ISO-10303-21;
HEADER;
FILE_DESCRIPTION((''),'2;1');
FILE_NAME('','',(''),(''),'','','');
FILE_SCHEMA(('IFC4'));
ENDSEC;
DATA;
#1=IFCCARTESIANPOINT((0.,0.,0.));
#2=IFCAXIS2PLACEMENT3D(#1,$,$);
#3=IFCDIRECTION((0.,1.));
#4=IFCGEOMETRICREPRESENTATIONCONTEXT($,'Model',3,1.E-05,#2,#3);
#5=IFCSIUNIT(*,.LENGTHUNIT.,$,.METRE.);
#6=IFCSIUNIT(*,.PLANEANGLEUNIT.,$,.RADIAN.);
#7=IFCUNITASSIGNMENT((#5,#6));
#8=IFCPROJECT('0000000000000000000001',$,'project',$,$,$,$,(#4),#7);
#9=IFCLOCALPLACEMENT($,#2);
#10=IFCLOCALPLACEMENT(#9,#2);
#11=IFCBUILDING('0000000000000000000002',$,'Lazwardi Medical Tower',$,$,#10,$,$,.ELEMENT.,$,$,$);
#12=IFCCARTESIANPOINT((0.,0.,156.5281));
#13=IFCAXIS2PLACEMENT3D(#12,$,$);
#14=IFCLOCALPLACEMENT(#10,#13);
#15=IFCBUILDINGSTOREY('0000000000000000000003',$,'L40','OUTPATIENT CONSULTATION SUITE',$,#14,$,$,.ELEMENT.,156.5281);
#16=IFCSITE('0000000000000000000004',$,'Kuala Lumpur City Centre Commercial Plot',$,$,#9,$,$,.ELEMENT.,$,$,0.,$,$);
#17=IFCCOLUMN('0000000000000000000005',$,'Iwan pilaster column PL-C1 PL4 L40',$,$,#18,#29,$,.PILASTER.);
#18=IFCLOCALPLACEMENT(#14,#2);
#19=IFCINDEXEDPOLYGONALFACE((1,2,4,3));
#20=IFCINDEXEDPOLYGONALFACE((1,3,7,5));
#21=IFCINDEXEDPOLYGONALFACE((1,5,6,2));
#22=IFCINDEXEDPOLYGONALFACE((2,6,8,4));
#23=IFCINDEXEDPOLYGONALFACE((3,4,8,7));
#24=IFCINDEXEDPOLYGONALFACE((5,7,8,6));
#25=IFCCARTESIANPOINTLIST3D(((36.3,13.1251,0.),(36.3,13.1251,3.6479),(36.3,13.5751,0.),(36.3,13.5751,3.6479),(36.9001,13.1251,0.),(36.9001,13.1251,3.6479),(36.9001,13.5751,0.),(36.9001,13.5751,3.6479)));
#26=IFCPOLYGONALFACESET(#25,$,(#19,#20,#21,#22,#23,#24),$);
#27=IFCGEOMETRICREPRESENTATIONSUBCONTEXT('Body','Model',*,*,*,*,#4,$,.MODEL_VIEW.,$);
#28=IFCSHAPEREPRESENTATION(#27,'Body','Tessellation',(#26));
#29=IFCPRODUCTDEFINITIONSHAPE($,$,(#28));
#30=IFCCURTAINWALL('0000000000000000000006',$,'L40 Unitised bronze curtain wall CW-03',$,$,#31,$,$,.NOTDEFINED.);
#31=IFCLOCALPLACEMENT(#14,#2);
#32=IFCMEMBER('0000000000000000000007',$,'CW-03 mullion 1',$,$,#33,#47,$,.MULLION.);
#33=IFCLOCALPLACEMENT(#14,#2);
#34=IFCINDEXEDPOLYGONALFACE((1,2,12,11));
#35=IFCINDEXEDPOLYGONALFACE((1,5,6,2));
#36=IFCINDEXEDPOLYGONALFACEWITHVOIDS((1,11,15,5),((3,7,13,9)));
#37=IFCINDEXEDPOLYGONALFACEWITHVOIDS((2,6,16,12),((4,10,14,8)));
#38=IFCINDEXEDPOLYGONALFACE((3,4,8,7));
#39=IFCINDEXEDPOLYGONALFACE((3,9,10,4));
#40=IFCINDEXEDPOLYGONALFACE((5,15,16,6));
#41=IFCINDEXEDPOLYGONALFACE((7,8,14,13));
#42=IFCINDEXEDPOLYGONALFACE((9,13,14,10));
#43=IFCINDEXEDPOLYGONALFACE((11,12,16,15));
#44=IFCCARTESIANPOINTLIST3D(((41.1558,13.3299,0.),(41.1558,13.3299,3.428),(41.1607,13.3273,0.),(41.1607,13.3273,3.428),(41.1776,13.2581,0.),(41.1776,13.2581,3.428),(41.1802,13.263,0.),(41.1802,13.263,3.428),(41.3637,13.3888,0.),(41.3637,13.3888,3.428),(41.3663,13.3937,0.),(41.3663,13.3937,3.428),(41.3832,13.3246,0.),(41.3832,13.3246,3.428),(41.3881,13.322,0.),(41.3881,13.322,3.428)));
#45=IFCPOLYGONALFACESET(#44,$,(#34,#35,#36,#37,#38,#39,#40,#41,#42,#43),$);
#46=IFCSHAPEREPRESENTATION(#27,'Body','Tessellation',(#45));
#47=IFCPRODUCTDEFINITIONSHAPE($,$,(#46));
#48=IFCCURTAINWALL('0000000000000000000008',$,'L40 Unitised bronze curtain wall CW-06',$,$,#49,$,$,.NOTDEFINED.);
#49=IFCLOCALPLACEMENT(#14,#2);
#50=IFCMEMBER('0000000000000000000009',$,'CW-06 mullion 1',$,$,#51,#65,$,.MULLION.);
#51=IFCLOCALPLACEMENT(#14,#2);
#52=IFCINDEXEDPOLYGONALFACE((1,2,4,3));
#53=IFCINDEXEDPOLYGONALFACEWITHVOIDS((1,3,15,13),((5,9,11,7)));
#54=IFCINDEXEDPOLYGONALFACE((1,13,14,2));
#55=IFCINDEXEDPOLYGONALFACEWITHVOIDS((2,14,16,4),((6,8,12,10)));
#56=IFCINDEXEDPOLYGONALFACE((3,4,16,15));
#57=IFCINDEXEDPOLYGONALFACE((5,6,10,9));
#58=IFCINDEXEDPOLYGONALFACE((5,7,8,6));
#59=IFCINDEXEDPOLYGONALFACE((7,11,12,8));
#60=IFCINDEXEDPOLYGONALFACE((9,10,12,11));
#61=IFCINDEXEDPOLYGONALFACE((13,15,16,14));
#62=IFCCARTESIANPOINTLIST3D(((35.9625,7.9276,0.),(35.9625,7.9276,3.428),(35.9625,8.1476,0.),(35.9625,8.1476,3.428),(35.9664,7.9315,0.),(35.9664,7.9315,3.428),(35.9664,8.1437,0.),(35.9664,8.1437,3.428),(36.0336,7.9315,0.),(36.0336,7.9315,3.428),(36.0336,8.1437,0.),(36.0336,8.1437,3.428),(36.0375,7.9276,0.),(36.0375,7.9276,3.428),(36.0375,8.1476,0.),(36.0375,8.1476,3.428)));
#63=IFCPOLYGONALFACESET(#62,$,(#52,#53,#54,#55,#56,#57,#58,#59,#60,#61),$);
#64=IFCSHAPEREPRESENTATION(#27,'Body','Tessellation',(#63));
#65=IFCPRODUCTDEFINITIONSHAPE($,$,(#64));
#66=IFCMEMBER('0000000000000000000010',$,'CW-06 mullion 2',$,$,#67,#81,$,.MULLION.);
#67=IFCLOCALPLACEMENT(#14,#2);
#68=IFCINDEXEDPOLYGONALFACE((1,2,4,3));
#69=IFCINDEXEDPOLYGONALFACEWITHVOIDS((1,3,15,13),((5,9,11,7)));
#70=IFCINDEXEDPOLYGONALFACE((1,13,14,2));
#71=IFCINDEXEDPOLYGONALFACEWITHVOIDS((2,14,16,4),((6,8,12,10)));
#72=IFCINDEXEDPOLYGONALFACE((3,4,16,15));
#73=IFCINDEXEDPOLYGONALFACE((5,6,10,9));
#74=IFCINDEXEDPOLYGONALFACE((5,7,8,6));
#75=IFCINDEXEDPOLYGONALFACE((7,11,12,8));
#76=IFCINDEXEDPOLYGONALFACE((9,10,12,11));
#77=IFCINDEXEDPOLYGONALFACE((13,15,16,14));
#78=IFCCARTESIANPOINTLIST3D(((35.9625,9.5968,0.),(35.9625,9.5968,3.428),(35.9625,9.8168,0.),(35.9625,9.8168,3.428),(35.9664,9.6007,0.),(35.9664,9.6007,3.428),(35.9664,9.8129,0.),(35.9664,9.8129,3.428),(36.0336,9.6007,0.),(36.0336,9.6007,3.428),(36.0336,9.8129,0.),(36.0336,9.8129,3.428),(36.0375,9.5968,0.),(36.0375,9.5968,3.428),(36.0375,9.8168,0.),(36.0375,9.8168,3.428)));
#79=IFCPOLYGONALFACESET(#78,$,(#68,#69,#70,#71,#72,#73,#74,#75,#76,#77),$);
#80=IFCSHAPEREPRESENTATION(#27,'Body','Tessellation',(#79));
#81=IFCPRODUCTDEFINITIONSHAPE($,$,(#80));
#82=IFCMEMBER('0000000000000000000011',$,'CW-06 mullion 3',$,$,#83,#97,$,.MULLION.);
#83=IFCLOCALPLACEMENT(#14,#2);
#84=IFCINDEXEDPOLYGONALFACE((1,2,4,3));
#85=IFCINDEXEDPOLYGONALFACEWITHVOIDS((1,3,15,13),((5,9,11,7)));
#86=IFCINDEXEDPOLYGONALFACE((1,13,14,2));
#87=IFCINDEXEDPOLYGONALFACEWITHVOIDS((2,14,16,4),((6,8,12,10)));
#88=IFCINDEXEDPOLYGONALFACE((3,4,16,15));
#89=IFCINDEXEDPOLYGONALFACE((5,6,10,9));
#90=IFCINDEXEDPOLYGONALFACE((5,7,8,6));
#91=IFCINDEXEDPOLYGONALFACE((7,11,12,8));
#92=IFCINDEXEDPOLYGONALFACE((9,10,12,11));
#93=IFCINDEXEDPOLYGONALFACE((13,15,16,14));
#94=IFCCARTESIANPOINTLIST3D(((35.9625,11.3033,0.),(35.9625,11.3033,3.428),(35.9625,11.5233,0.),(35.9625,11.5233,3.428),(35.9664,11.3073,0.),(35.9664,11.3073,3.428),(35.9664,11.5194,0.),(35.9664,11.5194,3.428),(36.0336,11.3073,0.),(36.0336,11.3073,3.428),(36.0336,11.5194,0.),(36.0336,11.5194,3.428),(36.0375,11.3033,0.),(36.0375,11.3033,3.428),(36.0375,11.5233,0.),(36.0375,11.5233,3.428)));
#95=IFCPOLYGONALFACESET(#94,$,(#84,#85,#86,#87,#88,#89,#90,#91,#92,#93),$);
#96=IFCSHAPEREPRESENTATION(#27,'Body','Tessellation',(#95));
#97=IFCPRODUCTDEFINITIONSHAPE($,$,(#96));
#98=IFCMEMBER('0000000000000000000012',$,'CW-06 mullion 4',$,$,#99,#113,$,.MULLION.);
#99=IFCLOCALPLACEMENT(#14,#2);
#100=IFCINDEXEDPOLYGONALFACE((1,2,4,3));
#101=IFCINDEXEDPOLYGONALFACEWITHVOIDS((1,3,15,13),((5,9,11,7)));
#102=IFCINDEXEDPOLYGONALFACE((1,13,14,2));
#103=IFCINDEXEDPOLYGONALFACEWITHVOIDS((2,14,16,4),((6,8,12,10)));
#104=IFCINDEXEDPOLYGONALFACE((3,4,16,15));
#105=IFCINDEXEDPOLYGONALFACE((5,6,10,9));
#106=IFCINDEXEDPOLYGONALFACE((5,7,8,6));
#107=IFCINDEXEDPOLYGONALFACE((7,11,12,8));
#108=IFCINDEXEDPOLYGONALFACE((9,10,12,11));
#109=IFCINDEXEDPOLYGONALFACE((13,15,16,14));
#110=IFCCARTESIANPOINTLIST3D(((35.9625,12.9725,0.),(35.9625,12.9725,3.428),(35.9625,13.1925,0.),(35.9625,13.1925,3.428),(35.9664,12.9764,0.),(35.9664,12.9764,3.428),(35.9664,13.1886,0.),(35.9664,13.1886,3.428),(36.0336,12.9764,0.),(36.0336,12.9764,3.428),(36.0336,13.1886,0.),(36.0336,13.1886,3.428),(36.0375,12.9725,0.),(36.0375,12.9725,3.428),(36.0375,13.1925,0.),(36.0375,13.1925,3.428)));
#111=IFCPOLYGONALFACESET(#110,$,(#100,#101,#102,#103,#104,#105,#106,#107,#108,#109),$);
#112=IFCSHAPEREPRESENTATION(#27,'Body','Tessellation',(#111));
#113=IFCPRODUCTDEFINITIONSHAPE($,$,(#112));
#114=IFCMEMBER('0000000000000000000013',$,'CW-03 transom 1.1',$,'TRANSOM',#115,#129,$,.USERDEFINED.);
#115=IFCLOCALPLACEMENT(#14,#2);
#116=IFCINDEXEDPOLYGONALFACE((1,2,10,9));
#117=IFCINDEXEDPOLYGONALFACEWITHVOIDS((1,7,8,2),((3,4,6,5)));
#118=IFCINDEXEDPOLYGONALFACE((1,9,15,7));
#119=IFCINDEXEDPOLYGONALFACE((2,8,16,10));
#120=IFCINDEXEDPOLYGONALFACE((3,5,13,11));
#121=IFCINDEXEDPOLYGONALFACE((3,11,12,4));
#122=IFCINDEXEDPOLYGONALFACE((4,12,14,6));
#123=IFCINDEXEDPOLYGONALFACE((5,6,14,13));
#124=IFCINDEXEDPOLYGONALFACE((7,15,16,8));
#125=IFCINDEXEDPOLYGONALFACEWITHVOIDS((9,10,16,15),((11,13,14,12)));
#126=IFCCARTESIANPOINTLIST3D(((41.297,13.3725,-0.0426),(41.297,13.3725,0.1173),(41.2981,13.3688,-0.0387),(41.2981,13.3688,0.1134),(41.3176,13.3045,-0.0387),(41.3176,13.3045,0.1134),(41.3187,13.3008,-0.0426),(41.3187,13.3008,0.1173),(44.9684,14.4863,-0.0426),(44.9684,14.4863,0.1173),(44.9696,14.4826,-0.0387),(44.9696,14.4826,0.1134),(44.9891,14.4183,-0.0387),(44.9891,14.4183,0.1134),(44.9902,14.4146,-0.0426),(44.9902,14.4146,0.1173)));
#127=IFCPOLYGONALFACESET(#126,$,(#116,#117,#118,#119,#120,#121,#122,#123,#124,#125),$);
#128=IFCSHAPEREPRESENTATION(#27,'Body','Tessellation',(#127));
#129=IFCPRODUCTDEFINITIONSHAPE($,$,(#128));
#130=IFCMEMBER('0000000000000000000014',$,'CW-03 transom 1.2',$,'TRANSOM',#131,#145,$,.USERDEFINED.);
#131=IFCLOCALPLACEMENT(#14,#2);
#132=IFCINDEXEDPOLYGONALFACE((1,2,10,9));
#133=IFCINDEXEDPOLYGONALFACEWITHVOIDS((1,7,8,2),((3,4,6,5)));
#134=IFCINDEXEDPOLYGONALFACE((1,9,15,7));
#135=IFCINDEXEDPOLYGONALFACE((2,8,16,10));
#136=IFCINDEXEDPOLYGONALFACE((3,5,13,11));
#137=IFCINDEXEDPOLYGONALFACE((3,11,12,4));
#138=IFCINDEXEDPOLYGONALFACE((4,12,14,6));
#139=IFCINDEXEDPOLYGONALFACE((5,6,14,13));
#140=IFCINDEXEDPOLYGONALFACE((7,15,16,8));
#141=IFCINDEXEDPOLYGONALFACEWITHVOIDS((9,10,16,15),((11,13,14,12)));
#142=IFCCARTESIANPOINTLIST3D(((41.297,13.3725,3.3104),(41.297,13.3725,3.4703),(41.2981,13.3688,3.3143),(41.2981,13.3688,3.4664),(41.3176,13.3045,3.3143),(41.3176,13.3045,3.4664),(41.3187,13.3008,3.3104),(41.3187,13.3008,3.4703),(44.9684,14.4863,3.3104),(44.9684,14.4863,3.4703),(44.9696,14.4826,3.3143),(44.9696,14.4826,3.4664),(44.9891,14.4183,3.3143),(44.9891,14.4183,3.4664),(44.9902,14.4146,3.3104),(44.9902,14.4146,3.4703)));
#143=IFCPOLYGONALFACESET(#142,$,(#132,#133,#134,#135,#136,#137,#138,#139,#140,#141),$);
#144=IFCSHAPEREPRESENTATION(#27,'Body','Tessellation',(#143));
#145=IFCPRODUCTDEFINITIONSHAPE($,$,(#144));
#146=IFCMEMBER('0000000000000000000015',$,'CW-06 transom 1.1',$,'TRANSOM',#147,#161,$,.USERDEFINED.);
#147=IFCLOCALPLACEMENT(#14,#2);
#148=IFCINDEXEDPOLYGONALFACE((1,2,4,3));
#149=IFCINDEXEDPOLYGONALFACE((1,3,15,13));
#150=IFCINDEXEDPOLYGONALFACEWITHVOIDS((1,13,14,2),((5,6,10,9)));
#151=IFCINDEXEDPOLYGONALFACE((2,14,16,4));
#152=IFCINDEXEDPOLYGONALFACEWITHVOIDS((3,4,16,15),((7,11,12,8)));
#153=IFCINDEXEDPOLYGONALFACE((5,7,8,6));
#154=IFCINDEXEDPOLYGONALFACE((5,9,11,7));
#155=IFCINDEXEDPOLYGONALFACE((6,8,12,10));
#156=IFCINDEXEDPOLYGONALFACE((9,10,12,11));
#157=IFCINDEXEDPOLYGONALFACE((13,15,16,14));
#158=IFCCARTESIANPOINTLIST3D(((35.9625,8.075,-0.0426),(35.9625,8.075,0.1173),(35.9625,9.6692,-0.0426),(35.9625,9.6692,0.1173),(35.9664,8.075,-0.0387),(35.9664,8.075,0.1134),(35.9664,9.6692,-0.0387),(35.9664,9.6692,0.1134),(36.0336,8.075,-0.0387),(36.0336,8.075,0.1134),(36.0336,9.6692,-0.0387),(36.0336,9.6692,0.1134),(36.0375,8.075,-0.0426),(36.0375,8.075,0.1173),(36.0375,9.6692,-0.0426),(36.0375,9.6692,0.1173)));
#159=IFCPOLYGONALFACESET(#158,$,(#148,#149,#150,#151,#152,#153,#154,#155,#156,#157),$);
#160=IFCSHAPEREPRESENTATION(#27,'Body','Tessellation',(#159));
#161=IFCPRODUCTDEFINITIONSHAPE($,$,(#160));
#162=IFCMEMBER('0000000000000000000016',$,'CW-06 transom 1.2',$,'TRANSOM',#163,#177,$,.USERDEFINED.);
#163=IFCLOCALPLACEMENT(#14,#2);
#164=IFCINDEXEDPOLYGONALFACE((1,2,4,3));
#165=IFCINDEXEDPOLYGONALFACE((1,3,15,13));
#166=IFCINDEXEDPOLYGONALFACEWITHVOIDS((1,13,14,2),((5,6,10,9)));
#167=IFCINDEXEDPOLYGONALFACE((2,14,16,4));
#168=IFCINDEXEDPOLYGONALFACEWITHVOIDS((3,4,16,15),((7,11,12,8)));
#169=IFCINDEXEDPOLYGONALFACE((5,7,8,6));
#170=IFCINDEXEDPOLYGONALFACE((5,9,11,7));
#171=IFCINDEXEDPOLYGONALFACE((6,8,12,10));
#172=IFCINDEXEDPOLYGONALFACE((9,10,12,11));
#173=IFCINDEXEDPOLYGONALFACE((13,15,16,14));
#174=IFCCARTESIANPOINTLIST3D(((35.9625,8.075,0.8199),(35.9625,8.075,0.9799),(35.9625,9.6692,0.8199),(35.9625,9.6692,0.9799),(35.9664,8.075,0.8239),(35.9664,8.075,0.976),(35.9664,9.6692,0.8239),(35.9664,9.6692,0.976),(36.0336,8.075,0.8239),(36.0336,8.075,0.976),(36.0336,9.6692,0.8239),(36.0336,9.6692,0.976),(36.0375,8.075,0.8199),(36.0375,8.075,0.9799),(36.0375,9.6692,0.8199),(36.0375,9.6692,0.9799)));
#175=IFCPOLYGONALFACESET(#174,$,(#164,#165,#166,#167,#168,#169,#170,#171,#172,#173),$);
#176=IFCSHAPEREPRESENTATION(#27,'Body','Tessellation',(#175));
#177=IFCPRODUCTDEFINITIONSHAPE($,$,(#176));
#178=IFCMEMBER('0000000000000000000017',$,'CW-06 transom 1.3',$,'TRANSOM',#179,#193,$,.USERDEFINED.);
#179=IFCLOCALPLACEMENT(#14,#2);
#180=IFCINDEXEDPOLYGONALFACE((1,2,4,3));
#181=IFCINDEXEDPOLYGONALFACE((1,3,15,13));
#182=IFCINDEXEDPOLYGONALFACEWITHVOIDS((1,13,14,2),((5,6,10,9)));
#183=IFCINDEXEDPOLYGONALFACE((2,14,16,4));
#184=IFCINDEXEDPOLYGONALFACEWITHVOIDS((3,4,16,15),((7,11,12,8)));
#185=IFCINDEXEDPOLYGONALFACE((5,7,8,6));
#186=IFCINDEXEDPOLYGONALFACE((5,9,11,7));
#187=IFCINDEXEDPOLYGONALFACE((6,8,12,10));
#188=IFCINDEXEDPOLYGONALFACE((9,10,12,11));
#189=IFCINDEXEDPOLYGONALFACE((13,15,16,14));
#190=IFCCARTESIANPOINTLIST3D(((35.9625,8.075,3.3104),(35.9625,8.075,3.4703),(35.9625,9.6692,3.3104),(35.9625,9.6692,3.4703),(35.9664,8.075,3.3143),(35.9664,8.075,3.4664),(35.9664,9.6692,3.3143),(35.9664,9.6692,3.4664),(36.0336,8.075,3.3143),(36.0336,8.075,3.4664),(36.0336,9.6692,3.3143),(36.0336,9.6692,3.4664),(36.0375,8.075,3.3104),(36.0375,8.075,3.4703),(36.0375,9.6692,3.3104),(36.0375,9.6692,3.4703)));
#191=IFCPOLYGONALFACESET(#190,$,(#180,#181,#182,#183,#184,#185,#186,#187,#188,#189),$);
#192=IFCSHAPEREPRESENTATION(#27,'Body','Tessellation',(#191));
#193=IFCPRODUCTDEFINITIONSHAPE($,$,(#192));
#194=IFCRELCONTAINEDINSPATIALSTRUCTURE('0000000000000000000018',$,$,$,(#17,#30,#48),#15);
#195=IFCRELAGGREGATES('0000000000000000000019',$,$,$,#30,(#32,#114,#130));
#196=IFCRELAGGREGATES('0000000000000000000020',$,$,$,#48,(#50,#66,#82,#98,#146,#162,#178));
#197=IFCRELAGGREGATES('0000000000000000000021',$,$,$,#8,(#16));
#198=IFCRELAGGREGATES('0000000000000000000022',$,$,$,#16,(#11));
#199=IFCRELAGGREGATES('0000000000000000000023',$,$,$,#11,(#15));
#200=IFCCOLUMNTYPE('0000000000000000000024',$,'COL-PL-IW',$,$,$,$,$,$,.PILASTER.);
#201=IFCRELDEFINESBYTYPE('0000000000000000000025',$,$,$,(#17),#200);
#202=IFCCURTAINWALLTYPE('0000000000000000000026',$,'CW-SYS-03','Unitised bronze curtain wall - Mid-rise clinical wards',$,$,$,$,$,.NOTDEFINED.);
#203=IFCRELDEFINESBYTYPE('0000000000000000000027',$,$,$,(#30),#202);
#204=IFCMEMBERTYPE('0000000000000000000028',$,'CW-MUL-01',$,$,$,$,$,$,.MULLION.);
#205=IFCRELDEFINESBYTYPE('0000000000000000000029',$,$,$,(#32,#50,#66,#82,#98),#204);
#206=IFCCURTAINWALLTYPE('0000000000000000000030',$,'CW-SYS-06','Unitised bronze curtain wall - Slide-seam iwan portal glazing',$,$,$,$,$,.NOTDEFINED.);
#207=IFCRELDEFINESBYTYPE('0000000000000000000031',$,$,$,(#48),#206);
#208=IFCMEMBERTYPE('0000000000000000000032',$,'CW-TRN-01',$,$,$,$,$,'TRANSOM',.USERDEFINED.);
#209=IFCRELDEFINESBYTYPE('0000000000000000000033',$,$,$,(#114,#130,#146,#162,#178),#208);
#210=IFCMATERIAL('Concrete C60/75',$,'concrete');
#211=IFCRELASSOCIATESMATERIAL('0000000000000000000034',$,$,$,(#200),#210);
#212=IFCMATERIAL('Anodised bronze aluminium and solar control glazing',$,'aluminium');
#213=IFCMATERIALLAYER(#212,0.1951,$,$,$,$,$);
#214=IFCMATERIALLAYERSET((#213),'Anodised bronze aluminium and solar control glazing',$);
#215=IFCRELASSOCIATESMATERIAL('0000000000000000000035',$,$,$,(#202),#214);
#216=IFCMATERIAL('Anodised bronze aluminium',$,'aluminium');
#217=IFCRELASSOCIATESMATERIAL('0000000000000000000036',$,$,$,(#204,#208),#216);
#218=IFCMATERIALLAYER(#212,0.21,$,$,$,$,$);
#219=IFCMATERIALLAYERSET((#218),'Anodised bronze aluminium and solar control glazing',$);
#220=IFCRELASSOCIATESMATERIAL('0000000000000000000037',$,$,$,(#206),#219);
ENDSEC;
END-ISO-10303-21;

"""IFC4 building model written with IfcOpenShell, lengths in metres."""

from ifc_helpers import new_model, si_unit, direction, frame, origin, origin_2d, place, context, subcontext, project, spatial, rectangle, hollow_rectangle, extrude, material, layer, layer_set, material_profile, profile_set, type_object, element, aggregate, save


model = new_model("IFC4")

# Units and contexts
model_context = context("Model", 3, precision=1e-05, world=origin(), true_north=direction((0.0, 1.0)))
body_context = subcontext(model_context, "Body", "Model", "MODEL_VIEW")
ifc_project = project(units=[si_unit("LENGTHUNIT", "METRE"), si_unit("PLANEANGLEUNIT", "RADIAN")], contexts=[model_context])

# Site, building, storey
site_placement = place(None, origin())
site = spatial("IfcSite", under=ifc_project, at=site_placement, Name="Kuala Lumpur City Centre Commercial Plot", CompositionType="ELEMENT", RefElevation=0.0)
building_placement = place(site_placement, origin())
building = spatial("IfcBuilding", under=site, at=building_placement, Name="Lazwardi Medical Tower", CompositionType="ELEMENT")
storey_placement = place(building_placement, frame((0.0, 0.0, 156.5281)))
storey = spatial("IfcBuildingStorey", under=building, at=storey_placement, Name="L40", Description="OUTPATIENT CONSULTATION SUITE", CompositionType="ELEMENT", Elevation=156.5281)

# Column
ifc_material_1 = material(Name="Concrete C60/75", Category="concrete")
ifc_material_profile_1 = material_profile(ifc_material_1, rectangle(XDim=0.6001, YDim=0.45, at=origin_2d()), Name="RC 600x450")
ifc_profile_set_1 = profile_set([ifc_material_profile_1], Name="Concrete C60/75")
column_type = type_object("IfcColumnType", Name="COL-PL-IW", PredefinedType="PILASTER", material=ifc_profile_set_1)
column_placement = place(storey_placement, frame((36.6001, 13.3501, 0.0), z_axis=(0.0, 0.0, 1.0), x_axis=(1.0, 0.0, 0.0)))
element("IfcColumn", 1, at=column_placement, inside=storey, type_object=column_type, Name="Iwan pilaster column PL-C1 PL4 L40", PredefinedType="PILASTER", context=body_context, shape_type="SweptSolid", body=[
    extrude(rectangle(XDim=0.6001, YDim=0.45, at=origin_2d()), origin(), (0.0, 0.0, 1.0), 3.6479),
])

# Curtain wall, member
ifc_material_2 = material(Name="Anodised bronze aluminium and solar control glazing", Category="aluminium")
ifc_layer_1 = layer(ifc_material_2, 0.1951)
ifc_layer_set_1 = layer_set([ifc_layer_1], Name="Anodised bronze aluminium and solar control glazing")
curtain_wall_type_1 = type_object("IfcCurtainWallType", Name="CW-SYS-03", Description="Unitised bronze curtain wall - Mid-rise clinical wards", PredefinedType="NOTDEFINED", material=ifc_layer_set_1)
curtain_wall_1_placement = place(storey_placement, origin())
curtain_wall_1 = element("IfcCurtainWall", 2, at=curtain_wall_1_placement, inside=storey, type_object=curtain_wall_type_1, Name="L40 Unitised bronze curtain wall CW-03", PredefinedType="NOTDEFINED")
ifc_material_3 = material(Name="Anodised bronze aluminium", Category="aluminium")
ifc_material_profile_2 = material_profile(ifc_material_3, hollow_rectangle(XDim=0.075, YDim=0.22, WallThickness=0.0039, at=origin_2d()), Name="ALU-MULLION 220x75x4")
ifc_profile_set_2 = profile_set([ifc_material_profile_2], Name="Anodised bronze aluminium")
member_type_1 = type_object("IfcMemberType", Name="CW-MUL-01", PredefinedType="MULLION", material=ifc_profile_set_2)
member_1_placement = place(storey_placement, frame((41.272, 13.3259, 0.0), z_axis=(0.0, 0.0, 1.0), x_axis=(-0.290281, 0.956942, 0.0)))
member_1 = element("IfcMember", 3, at=member_1_placement, type_object=member_type_1, Name="CW-03 mullion 1", PredefinedType="MULLION", context=body_context, shape_type="SweptSolid", body=[
    extrude(hollow_rectangle(XDim=0.075, YDim=0.22, WallThickness=0.0039, at=origin_2d()), origin(), (0.0, 0.0, 1.0), 3.428),
])

# Curtain wall, members
ifc_layer_2 = layer(ifc_material_2, 0.21)
ifc_layer_set_2 = layer_set([ifc_layer_2], Name="Anodised bronze aluminium and solar control glazing")
curtain_wall_type_2 = type_object("IfcCurtainWallType", Name="CW-SYS-06", Description="Unitised bronze curtain wall - Slide-seam iwan portal glazing", PredefinedType="NOTDEFINED", material=ifc_layer_set_2)
curtain_wall_2_placement = place(storey_placement, origin())
curtain_wall_2 = element("IfcCurtainWall", 4, at=curtain_wall_2_placement, inside=storey, type_object=curtain_wall_type_2, Name="L40 Unitised bronze curtain wall CW-06", PredefinedType="NOTDEFINED")
member_2_placement = place(storey_placement, frame((36.0, 8.0376, 0.0), z_axis=(0.0, 0.0, 1.0), x_axis=(-1.0, 0.0, 0.0)))
member_2 = element("IfcMember", 5, at=member_2_placement, type_object=member_type_1, Name="CW-06 mullion 1", PredefinedType="MULLION", context=body_context, shape_type="SweptSolid", body=[
    extrude(hollow_rectangle(XDim=0.075, YDim=0.22, WallThickness=0.0039, at=origin_2d()), origin(), (0.0, 0.0, 1.0), 3.428),
])
member_3_placement = place(storey_placement, frame((36.0, 9.7068, 0.0), z_axis=(0.0, 0.0, 1.0), x_axis=(-1.0, 0.0, 0.0)))
member_3 = element("IfcMember", 6, at=member_3_placement, type_object=member_type_1, Name="CW-06 mullion 2", PredefinedType="MULLION", context=body_context, shape_type="SweptSolid", body=[
    extrude(hollow_rectangle(XDim=0.075, YDim=0.22, WallThickness=0.0039, at=origin_2d()), origin(), (0.0, 0.0, 1.0), 3.428),
])
member_4_placement = place(storey_placement, frame((36.0, 11.4133, 0.0), z_axis=(0.0, 0.0, 1.0), x_axis=(-1.0, 0.0, 0.0)))
member_4 = element("IfcMember", 7, at=member_4_placement, type_object=member_type_1, Name="CW-06 mullion 3", PredefinedType="MULLION", context=body_context, shape_type="SweptSolid", body=[
    extrude(hollow_rectangle(XDim=0.075, YDim=0.22, WallThickness=0.0039, at=origin_2d()), origin(), (0.0, 0.0, 1.0), 3.428),
])
member_5_placement = place(storey_placement, frame((36.0, 13.0825, 0.0), z_axis=(0.0, 0.0, 1.0), x_axis=(-1.0, 0.0, 0.0)))
member_5 = element("IfcMember", 8, at=member_5_placement, type_object=member_type_1, Name="CW-06 mullion 4", PredefinedType="MULLION", context=body_context, shape_type="SweptSolid", body=[
    extrude(hollow_rectangle(XDim=0.075, YDim=0.22, WallThickness=0.0039, at=origin_2d()), origin(), (0.0, 0.0, 1.0), 3.428),
])

# Members
ifc_material_profile_3 = material_profile(ifc_material_3, hollow_rectangle(XDim=0.075, YDim=0.1599, WallThickness=0.0039, at=origin_2d()), Name="ALU-TRANSOM 160x75x4")
ifc_profile_set_3 = profile_set([ifc_material_profile_3], Name="Anodised bronze aluminium")
member_type_2 = type_object("IfcMemberType", Name="CW-TRN-01", ElementType="TRANSOM", PredefinedType="USERDEFINED", material=ifc_profile_set_3)
member_6_placement = place(storey_placement, frame((41.3079, 13.3367, 0.0374), z_axis=(0.956936, 0.290301, 0.0), x_axis=(-0.290301, 0.956936, 0.0)))
member_6 = element("IfcMember", 9, at=member_6_placement, type_object=member_type_2, Name="CW-03 transom 1.1", ObjectType="TRANSOM", PredefinedType="USERDEFINED", context=body_context, shape_type="SweptSolid", body=[
    extrude(hollow_rectangle(XDim=0.075, YDim=0.1599, WallThickness=0.0039, at=origin_2d()), origin(), (0.0, 0.0, 1.0), 3.8367),
])
member_7_placement = place(storey_placement, frame((41.3079, 13.3367, 3.3904), z_axis=(0.956936, 0.290301, 0.0), x_axis=(-0.290301, 0.956936, 0.0)))
member_7 = element("IfcMember", 10, at=member_7_placement, type_object=member_type_2, Name="CW-03 transom 1.2", ObjectType="TRANSOM", PredefinedType="USERDEFINED", context=body_context, shape_type="SweptSolid", body=[
    extrude(hollow_rectangle(XDim=0.075, YDim=0.1599, WallThickness=0.0039, at=origin_2d()), origin(), (0.0, 0.0, 1.0), 3.8367),
])
aggregate(curtain_wall_1, [member_1, member_6, member_7])
member_8_placement = place(storey_placement, frame((36.0, 8.075, 0.0374), z_axis=(0.0, 1.0, 0.0), x_axis=(-1.0, 0.0, 0.0)))
member_8 = element("IfcMember", 11, at=member_8_placement, type_object=member_type_2, Name="CW-06 transom 1.1", ObjectType="TRANSOM", PredefinedType="USERDEFINED", context=body_context, shape_type="SweptSolid", body=[
    extrude(hollow_rectangle(XDim=0.075, YDim=0.1599, WallThickness=0.0039, at=origin_2d()), origin(), (0.0, 0.0, 1.0), 1.5942),
])
member_9_placement = place(storey_placement, frame((36.0, 8.075, 0.8999), z_axis=(0.0, 1.0, 0.0), x_axis=(-1.0, 0.0, 0.0)))
member_9 = element("IfcMember", 12, at=member_9_placement, type_object=member_type_2, Name="CW-06 transom 1.2", ObjectType="TRANSOM", PredefinedType="USERDEFINED", context=body_context, shape_type="SweptSolid", body=[
    extrude(hollow_rectangle(XDim=0.075, YDim=0.1599, WallThickness=0.0039, at=origin_2d()), origin(), (0.0, 0.0, 1.0), 1.5942),
])
member_10_placement = place(storey_placement, frame((36.0, 8.075, 3.3904), z_axis=(0.0, 1.0, 0.0), x_axis=(-1.0, 0.0, 0.0)))
member_10 = element("IfcMember", 13, at=member_10_placement, type_object=member_type_2, Name="CW-06 transom 1.3", ObjectType="TRANSOM", PredefinedType="USERDEFINED", context=body_context, shape_type="SweptSolid", body=[
    extrude(hollow_rectangle(XDim=0.075, YDim=0.1599, WallThickness=0.0039, at=origin_2d()), origin(), (0.0, 0.0, 1.0), 1.5942),
])

aggregate(curtain_wall_2, [member_2, member_3, member_4, member_5, member_8, member_9, member_10])

save(model, "model.ifc")
